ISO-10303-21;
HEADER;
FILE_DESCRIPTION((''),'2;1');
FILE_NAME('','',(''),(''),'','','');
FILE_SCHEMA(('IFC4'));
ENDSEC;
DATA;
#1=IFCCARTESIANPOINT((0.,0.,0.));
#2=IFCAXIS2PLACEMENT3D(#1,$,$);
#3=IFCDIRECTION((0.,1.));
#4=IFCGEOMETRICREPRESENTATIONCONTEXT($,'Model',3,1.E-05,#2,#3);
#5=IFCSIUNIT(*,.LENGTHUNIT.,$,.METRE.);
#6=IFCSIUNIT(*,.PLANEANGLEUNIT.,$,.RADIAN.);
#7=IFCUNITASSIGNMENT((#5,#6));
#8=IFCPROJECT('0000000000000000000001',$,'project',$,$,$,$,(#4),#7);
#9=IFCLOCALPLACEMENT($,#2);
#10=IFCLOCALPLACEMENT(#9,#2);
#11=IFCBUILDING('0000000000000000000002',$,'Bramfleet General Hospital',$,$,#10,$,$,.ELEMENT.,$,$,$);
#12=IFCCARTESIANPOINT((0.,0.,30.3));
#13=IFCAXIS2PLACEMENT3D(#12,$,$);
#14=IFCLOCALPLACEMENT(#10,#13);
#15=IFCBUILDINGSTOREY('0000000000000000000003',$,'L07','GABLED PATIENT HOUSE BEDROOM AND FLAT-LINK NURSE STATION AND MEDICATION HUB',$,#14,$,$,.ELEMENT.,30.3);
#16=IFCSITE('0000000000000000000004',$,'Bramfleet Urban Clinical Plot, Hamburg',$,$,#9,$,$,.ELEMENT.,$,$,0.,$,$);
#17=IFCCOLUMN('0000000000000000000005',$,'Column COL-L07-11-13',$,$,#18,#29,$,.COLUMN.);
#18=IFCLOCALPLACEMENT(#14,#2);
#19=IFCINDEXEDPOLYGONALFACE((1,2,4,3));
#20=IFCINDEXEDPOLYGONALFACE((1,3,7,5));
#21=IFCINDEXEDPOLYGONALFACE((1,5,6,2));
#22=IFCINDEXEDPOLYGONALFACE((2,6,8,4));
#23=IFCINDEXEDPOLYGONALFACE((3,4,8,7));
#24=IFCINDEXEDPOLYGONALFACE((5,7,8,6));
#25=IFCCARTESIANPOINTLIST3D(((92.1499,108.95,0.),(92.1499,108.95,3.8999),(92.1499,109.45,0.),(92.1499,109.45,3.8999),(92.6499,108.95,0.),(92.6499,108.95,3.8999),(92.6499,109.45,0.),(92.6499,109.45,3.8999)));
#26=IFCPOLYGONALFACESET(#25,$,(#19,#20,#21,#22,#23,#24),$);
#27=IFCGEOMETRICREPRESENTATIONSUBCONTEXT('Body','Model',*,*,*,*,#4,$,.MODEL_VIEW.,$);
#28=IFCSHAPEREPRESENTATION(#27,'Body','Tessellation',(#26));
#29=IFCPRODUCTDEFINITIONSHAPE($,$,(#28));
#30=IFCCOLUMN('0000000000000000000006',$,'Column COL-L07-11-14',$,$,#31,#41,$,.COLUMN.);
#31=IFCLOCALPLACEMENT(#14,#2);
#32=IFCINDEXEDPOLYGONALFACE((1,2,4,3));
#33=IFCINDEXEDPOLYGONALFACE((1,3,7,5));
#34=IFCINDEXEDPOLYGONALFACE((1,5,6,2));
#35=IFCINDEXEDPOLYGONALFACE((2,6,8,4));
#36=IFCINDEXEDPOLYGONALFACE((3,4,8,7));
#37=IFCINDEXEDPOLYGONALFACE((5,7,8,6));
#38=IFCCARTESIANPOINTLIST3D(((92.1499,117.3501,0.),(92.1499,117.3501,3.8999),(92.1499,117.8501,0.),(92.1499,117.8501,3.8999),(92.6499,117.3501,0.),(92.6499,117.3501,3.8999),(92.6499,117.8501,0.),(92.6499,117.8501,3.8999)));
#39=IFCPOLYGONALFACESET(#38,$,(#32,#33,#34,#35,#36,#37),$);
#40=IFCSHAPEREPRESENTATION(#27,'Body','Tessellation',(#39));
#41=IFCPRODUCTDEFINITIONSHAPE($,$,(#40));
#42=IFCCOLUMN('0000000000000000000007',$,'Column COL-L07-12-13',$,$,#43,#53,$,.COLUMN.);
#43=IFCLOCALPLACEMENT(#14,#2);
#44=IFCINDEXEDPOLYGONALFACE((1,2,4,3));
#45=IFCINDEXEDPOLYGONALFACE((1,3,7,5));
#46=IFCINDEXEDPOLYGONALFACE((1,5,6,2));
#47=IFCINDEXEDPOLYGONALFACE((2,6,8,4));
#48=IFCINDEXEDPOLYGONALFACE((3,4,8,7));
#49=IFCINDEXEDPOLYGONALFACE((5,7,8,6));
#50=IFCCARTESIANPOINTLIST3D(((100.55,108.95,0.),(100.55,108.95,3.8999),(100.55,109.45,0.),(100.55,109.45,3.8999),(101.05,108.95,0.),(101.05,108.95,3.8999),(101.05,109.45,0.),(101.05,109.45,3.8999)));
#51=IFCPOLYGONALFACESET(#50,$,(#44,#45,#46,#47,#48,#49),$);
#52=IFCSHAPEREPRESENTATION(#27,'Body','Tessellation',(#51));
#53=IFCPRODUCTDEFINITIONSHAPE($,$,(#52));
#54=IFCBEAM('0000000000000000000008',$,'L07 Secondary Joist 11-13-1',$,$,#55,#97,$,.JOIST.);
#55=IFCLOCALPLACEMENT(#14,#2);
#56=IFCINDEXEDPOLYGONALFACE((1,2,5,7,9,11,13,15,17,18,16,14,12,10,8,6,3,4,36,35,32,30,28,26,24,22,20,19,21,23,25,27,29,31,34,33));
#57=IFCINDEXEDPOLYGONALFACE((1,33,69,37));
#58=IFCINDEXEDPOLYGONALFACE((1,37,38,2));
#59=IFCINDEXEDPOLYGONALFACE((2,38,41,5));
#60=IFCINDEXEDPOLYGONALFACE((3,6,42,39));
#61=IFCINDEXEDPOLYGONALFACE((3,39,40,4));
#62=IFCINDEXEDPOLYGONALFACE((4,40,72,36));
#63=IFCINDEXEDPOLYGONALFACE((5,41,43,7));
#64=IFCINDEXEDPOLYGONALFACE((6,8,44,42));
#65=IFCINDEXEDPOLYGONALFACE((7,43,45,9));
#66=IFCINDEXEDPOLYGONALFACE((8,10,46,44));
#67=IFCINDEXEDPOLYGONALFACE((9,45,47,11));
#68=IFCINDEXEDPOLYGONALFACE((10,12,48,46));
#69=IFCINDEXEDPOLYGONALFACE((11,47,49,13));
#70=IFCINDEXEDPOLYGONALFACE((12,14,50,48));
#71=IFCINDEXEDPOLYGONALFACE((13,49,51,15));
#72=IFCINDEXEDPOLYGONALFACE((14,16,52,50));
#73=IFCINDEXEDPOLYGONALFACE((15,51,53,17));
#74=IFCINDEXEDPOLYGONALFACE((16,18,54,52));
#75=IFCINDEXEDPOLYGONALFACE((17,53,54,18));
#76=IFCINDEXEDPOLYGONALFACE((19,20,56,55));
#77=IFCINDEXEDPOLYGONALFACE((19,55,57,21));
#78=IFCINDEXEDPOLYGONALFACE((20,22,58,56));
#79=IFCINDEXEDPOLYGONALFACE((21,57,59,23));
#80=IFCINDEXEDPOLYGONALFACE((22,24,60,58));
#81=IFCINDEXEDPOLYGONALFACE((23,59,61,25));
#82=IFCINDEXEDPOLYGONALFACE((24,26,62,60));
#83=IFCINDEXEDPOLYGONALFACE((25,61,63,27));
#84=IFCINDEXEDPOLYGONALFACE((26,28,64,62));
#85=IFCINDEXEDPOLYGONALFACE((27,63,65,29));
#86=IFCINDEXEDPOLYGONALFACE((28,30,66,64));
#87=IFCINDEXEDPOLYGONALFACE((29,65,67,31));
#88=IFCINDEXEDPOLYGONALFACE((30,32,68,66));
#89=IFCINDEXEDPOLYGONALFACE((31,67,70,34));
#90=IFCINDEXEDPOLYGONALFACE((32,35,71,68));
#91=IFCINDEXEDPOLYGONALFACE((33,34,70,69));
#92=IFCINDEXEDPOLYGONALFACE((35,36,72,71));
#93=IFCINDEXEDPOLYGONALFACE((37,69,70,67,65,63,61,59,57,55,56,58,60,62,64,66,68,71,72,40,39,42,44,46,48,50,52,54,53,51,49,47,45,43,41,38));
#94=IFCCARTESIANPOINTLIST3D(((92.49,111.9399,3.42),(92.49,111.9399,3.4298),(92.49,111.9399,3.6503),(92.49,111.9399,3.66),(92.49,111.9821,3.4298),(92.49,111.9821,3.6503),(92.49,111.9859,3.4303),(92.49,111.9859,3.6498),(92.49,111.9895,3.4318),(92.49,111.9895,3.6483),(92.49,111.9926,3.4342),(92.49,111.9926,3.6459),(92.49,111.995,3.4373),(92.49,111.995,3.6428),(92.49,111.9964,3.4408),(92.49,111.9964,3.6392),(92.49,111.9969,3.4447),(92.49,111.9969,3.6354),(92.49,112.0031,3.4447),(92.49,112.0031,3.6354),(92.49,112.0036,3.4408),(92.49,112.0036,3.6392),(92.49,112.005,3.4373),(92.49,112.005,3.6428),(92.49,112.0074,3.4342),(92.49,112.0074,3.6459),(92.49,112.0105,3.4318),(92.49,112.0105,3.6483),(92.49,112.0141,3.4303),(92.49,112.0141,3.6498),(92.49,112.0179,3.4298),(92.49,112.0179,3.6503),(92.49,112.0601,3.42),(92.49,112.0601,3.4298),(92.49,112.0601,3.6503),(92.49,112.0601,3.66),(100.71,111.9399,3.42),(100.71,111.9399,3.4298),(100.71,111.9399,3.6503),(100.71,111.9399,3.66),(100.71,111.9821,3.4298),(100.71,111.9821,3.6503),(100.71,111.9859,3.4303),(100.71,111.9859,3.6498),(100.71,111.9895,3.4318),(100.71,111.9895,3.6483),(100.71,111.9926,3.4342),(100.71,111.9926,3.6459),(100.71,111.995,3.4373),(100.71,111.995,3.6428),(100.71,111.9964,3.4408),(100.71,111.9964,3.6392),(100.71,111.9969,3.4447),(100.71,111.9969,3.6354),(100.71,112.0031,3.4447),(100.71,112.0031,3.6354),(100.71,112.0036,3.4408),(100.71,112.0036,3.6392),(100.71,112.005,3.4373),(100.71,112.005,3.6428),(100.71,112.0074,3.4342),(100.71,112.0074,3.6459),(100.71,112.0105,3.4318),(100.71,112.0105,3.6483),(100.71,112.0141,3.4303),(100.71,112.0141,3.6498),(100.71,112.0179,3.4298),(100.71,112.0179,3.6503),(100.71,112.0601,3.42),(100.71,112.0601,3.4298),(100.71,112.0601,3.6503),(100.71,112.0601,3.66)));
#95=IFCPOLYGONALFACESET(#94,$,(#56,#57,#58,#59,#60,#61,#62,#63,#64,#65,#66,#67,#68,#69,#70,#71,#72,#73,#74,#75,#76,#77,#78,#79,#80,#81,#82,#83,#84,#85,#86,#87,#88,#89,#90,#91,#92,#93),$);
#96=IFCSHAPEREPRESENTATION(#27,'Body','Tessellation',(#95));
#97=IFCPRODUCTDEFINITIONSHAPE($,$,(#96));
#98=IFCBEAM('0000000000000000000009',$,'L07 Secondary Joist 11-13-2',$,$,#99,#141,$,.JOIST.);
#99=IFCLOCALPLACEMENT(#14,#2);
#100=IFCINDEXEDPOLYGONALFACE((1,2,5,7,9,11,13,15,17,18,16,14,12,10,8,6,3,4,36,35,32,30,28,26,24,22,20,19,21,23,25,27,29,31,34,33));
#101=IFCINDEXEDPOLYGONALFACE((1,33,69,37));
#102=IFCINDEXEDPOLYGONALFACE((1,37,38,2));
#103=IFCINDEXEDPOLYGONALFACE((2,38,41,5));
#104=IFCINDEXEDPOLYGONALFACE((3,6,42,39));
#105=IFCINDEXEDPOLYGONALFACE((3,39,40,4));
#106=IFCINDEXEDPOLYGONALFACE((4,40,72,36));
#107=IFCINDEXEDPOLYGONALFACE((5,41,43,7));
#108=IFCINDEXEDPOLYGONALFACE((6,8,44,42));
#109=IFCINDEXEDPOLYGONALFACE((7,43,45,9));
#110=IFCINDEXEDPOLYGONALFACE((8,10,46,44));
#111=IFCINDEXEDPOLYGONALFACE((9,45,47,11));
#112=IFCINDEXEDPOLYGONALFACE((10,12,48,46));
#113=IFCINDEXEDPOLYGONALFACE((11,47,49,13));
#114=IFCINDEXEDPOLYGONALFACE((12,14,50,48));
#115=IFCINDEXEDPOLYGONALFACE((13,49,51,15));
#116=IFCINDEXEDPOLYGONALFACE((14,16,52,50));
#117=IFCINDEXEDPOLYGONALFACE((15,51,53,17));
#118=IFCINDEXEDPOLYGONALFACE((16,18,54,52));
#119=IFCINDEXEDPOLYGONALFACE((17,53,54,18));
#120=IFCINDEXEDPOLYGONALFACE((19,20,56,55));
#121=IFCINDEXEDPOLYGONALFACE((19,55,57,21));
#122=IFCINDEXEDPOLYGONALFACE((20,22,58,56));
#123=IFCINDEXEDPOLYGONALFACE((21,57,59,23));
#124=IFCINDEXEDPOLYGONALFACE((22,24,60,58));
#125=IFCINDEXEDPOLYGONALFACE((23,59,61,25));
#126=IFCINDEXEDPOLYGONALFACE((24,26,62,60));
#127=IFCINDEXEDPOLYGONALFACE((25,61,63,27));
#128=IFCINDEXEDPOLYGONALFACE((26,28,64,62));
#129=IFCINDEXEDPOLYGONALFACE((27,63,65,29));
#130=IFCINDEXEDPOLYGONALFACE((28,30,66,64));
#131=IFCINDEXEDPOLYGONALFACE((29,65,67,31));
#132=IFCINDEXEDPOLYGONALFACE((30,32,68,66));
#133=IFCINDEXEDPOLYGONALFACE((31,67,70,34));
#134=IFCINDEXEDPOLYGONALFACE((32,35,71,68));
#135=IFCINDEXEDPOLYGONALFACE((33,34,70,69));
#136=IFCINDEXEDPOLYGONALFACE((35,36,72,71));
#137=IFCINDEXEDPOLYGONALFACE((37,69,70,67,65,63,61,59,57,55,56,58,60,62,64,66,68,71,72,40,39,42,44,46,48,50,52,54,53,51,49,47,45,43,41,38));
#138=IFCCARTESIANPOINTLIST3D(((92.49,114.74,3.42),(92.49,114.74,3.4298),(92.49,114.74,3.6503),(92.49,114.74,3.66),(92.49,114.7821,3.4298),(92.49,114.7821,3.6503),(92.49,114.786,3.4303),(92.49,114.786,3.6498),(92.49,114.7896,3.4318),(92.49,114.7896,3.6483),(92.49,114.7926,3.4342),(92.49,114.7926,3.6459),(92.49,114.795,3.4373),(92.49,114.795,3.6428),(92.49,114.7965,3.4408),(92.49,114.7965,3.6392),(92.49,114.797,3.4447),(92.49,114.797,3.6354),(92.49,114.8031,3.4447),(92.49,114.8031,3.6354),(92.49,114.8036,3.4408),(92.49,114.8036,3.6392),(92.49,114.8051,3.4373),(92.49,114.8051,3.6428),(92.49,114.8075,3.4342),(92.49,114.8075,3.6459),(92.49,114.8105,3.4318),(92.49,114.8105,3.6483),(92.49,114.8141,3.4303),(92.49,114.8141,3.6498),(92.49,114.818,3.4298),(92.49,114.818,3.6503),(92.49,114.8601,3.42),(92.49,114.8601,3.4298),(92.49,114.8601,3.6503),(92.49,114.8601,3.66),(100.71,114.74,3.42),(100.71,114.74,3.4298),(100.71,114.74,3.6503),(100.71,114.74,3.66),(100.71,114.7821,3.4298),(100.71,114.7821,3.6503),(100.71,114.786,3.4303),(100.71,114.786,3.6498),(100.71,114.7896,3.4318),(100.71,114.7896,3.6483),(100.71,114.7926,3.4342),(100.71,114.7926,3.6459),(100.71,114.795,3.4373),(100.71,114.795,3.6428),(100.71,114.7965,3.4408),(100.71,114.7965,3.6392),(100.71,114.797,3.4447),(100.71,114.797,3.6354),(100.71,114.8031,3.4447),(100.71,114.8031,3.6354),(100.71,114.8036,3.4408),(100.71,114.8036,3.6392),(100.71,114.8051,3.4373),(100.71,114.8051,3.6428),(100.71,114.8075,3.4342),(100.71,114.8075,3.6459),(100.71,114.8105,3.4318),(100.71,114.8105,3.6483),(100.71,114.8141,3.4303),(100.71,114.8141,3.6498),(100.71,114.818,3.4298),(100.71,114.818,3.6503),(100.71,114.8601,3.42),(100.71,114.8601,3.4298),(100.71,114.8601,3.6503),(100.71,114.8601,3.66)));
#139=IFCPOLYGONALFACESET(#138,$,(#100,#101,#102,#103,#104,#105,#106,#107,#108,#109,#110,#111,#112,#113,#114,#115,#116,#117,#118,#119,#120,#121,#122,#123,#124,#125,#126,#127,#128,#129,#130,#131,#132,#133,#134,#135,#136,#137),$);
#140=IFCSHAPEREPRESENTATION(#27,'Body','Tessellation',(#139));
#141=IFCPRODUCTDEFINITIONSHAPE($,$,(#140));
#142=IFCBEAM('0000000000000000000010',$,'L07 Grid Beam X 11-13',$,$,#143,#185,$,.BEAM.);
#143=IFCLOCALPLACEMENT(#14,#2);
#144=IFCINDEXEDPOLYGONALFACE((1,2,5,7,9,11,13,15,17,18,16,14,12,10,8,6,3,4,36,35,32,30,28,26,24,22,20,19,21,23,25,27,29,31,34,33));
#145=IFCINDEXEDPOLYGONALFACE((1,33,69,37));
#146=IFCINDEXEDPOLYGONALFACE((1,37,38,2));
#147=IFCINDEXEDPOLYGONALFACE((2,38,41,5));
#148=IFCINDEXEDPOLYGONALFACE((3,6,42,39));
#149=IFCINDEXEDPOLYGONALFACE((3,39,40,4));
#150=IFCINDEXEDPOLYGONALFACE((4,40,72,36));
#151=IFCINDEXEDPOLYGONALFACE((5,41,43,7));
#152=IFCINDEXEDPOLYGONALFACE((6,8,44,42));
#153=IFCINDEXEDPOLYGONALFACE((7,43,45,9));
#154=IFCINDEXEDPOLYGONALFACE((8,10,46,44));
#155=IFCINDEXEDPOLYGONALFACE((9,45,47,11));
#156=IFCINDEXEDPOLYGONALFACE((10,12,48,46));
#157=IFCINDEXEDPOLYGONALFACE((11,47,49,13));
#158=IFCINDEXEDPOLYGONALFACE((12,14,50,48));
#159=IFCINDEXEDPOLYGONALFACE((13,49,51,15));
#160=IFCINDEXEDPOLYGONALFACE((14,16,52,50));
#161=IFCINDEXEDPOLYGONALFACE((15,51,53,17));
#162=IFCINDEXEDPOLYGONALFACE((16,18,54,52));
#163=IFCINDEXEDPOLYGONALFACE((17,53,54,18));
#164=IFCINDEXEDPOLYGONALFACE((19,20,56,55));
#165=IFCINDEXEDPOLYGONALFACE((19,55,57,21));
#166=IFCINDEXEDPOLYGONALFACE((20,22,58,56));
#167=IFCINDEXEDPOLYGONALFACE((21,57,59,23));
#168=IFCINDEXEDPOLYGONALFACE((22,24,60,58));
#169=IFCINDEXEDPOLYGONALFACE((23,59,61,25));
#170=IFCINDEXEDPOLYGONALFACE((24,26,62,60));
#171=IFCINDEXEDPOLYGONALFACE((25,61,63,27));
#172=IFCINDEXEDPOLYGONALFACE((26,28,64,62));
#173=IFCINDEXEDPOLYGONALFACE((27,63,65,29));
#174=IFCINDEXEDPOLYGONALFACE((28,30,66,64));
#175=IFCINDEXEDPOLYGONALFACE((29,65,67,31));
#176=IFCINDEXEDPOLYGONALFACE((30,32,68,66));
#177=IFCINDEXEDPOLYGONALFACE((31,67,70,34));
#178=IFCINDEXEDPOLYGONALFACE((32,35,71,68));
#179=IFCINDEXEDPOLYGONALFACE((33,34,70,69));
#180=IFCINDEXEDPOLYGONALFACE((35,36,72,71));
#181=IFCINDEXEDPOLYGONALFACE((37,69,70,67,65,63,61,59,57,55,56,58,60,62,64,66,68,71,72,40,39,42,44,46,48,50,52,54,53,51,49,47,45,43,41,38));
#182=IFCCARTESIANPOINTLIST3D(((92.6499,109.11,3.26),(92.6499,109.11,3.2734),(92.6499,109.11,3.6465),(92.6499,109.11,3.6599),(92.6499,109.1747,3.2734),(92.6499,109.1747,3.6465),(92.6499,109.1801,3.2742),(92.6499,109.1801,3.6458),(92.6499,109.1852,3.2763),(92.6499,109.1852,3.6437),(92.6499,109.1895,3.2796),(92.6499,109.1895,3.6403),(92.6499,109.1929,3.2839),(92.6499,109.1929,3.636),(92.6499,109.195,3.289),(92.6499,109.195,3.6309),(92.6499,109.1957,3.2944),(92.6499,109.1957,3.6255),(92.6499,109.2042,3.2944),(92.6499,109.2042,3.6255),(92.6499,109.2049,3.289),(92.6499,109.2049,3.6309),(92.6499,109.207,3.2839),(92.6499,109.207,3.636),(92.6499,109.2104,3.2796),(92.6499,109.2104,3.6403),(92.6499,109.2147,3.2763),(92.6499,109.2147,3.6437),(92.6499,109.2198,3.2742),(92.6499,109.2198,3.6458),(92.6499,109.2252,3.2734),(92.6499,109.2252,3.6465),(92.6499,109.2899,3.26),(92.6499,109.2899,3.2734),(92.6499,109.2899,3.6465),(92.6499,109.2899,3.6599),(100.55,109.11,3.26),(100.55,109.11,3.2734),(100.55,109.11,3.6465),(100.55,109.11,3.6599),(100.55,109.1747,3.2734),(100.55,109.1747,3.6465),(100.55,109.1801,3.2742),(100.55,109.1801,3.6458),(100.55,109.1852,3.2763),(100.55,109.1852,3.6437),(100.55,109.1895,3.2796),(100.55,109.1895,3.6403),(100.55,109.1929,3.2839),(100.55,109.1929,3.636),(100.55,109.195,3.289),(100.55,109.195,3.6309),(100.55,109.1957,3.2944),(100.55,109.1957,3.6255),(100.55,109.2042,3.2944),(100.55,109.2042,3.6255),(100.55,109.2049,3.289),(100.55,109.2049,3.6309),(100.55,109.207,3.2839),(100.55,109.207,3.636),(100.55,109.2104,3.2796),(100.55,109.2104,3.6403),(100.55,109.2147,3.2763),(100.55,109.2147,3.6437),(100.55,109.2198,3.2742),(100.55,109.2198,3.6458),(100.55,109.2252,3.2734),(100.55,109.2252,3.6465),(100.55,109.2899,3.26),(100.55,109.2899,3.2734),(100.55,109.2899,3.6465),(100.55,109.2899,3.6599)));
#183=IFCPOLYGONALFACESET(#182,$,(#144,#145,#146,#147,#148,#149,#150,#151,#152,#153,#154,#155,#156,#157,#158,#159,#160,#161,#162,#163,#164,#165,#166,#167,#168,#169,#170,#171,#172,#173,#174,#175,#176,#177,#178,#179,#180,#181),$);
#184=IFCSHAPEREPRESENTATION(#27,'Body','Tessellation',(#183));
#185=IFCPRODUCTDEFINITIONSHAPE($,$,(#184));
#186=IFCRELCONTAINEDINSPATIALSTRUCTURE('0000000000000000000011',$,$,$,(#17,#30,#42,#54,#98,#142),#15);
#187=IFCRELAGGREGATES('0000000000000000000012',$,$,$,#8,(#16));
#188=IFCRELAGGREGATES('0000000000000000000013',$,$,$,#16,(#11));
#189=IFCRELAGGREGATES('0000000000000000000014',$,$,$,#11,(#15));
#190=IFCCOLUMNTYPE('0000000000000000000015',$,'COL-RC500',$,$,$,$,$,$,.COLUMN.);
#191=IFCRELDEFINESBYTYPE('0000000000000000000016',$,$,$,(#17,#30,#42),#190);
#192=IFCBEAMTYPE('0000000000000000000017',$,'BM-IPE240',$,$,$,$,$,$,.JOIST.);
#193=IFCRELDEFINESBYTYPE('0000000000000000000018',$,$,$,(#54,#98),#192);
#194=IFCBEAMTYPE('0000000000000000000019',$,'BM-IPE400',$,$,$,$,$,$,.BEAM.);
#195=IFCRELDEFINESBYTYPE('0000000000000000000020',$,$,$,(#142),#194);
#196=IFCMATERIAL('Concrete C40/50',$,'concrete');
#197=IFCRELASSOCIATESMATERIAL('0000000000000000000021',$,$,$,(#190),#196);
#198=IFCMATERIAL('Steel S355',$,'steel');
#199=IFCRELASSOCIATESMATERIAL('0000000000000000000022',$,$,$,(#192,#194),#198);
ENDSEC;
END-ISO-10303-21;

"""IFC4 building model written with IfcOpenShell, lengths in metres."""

from ifc_helpers import new_model, si_unit, direction, frame, origin, origin_2d, place, context, subcontext, project, spatial, rectangle, i_section, extrude, material, material_profile, profile_set, type_object, element, save


model = new_model("IFC4")

# Units and contexts
model_context = context("Model", 3, precision=1e-05, world=origin(), true_north=direction((0.0, 1.0)))
body_context = subcontext(model_context, "Body", "Model", "MODEL_VIEW")
ifc_project = project(units=[si_unit("LENGTHUNIT", "METRE"), si_unit("PLANEANGLEUNIT", "RADIAN")], contexts=[model_context])

# Site, building, storey
site_placement = place(None, origin())
site = spatial("IfcSite", under=ifc_project, at=site_placement, Name="Bramfleet Urban Clinical Plot, Hamburg", CompositionType="ELEMENT", RefElevation=0.0)
building_placement = place(site_placement, origin())
building = spatial("IfcBuilding", under=site, at=building_placement, Name="Bramfleet General Hospital", CompositionType="ELEMENT")
storey_placement = place(building_placement, frame((0.0, 0.0, 30.3)))
storey = spatial("IfcBuildingStorey", under=building, at=storey_placement, Name="L07", Description="GABLED PATIENT HOUSE BEDROOM AND FLAT-LINK NURSE STATION AND MEDICATION HUB", CompositionType="ELEMENT", Elevation=30.3)

# Columns
ifc_material_1 = material(Name="Concrete C40/50", Category="concrete")
ifc_material_profile_1 = material_profile(ifc_material_1, rectangle(XDim=0.5, YDim=0.5, at=origin_2d()), Name="RC COL 500x500")
ifc_profile_set_1 = profile_set([ifc_material_profile_1], Name="Concrete C40/50")
column_type = type_object("IfcColumnType", Name="COL-RC500", PredefinedType="COLUMN", material=ifc_profile_set_1)
for number, where, z_axis, x_axis, name in (
    (1, (92.3999, 109.2, 0.0), (0.0, 0.0, 1.0), (1.0, 0.0, 0.0), "Column COL-L07-11-13"),
    (2, (92.3999, 117.6001, 0.0), (0.0, 0.0, 1.0), (1.0, 0.0, 0.0), "Column COL-L07-11-14"),
    (3, (100.8, 109.2, 0.0), (0.0, 0.0, 1.0), (1.0, 0.0, 0.0), "Column COL-L07-12-13"),
):
    element("IfcColumn", number, at=place(storey_placement, frame(where, z_axis=z_axis, x_axis=x_axis)), inside=storey, type_object=column_type, Name=name, PredefinedType="COLUMN", context=body_context, shape_type="SweptSolid", body=[
        extrude(rectangle(XDim=0.5, YDim=0.5, at=origin_2d()), origin(), (0.0, 0.0, 1.0), 3.8999),
    ])

# Beams
ifc_material_2 = material(Name="Steel S355", Category="steel")
ifc_material_profile_2 = material_profile(ifc_material_2, i_section(OverallWidth=0.1201, OverallDepth=0.24, WebThickness=0.0061, FlangeThickness=0.0098, FilletRadius=0.0149, at=origin_2d()), Name="IPE 240")
ifc_profile_set_2 = profile_set([ifc_material_profile_2], Name="Steel S355")
beam_type_1 = type_object("IfcBeamType", Name="BM-IPE240", PredefinedType="JOIST", material=ifc_profile_set_2)
for number, where, z_axis, x_axis, name in (
    (4, (92.49, 112.0, 3.54), (1.0, 0.0, 0.0), (0.0, 1.0, 0.0), "L07 Secondary Joist 11-13-1"),
    (5, (92.49, 114.8, 3.54), (1.0, 0.0, 0.0), (0.0, 1.0, 0.0), "L07 Secondary Joist 11-13-2"),
):
    element("IfcBeam", number, at=place(storey_placement, frame(where, z_axis=z_axis, x_axis=x_axis)), inside=storey, type_object=beam_type_1, Name=name, PredefinedType="JOIST", context=body_context, shape_type="SweptSolid", body=[
        extrude(i_section(OverallWidth=0.1201, OverallDepth=0.24, WebThickness=0.0061, FlangeThickness=0.0098, FilletRadius=0.0149, at=origin_2d()), origin(), (0.0, 0.0, 1.0), 8.22),
    ])
ifc_material_profile_3 = material_profile(ifc_material_2, i_section(OverallWidth=0.1799, OverallDepth=0.3999, WebThickness=0.0085, FlangeThickness=0.0134, FilletRadius=0.021, at=origin_2d()), Name="IPE 400")
ifc_profile_set_3 = profile_set([ifc_material_profile_3], Name="Steel S355")
beam_type_2 = type_object("IfcBeamType", Name="BM-IPE400", PredefinedType="BEAM", material=ifc_profile_set_3)
for number, where, z_axis, x_axis, name in (
    (6, (92.6499, 109.2, 3.46), (1.0, 0.0, 0.0), (0.0, 1.0, 0.0), "L07 Grid Beam X 11-13"),
):
    element("IfcBeam", number, at=place(storey_placement, frame(where, z_axis=z_axis, x_axis=x_axis)), inside=storey, type_object=beam_type_2, Name=name, PredefinedType="BEAM", context=body_context, shape_type="SweptSolid", body=[
        extrude(i_section(OverallWidth=0.1799, OverallDepth=0.3999, WebThickness=0.0085, FlangeThickness=0.0134, FilletRadius=0.021, at=origin_2d()), origin(), (0.0, 0.0, 1.0), 7.9001),
    ])

save(model, "model.ifc")
